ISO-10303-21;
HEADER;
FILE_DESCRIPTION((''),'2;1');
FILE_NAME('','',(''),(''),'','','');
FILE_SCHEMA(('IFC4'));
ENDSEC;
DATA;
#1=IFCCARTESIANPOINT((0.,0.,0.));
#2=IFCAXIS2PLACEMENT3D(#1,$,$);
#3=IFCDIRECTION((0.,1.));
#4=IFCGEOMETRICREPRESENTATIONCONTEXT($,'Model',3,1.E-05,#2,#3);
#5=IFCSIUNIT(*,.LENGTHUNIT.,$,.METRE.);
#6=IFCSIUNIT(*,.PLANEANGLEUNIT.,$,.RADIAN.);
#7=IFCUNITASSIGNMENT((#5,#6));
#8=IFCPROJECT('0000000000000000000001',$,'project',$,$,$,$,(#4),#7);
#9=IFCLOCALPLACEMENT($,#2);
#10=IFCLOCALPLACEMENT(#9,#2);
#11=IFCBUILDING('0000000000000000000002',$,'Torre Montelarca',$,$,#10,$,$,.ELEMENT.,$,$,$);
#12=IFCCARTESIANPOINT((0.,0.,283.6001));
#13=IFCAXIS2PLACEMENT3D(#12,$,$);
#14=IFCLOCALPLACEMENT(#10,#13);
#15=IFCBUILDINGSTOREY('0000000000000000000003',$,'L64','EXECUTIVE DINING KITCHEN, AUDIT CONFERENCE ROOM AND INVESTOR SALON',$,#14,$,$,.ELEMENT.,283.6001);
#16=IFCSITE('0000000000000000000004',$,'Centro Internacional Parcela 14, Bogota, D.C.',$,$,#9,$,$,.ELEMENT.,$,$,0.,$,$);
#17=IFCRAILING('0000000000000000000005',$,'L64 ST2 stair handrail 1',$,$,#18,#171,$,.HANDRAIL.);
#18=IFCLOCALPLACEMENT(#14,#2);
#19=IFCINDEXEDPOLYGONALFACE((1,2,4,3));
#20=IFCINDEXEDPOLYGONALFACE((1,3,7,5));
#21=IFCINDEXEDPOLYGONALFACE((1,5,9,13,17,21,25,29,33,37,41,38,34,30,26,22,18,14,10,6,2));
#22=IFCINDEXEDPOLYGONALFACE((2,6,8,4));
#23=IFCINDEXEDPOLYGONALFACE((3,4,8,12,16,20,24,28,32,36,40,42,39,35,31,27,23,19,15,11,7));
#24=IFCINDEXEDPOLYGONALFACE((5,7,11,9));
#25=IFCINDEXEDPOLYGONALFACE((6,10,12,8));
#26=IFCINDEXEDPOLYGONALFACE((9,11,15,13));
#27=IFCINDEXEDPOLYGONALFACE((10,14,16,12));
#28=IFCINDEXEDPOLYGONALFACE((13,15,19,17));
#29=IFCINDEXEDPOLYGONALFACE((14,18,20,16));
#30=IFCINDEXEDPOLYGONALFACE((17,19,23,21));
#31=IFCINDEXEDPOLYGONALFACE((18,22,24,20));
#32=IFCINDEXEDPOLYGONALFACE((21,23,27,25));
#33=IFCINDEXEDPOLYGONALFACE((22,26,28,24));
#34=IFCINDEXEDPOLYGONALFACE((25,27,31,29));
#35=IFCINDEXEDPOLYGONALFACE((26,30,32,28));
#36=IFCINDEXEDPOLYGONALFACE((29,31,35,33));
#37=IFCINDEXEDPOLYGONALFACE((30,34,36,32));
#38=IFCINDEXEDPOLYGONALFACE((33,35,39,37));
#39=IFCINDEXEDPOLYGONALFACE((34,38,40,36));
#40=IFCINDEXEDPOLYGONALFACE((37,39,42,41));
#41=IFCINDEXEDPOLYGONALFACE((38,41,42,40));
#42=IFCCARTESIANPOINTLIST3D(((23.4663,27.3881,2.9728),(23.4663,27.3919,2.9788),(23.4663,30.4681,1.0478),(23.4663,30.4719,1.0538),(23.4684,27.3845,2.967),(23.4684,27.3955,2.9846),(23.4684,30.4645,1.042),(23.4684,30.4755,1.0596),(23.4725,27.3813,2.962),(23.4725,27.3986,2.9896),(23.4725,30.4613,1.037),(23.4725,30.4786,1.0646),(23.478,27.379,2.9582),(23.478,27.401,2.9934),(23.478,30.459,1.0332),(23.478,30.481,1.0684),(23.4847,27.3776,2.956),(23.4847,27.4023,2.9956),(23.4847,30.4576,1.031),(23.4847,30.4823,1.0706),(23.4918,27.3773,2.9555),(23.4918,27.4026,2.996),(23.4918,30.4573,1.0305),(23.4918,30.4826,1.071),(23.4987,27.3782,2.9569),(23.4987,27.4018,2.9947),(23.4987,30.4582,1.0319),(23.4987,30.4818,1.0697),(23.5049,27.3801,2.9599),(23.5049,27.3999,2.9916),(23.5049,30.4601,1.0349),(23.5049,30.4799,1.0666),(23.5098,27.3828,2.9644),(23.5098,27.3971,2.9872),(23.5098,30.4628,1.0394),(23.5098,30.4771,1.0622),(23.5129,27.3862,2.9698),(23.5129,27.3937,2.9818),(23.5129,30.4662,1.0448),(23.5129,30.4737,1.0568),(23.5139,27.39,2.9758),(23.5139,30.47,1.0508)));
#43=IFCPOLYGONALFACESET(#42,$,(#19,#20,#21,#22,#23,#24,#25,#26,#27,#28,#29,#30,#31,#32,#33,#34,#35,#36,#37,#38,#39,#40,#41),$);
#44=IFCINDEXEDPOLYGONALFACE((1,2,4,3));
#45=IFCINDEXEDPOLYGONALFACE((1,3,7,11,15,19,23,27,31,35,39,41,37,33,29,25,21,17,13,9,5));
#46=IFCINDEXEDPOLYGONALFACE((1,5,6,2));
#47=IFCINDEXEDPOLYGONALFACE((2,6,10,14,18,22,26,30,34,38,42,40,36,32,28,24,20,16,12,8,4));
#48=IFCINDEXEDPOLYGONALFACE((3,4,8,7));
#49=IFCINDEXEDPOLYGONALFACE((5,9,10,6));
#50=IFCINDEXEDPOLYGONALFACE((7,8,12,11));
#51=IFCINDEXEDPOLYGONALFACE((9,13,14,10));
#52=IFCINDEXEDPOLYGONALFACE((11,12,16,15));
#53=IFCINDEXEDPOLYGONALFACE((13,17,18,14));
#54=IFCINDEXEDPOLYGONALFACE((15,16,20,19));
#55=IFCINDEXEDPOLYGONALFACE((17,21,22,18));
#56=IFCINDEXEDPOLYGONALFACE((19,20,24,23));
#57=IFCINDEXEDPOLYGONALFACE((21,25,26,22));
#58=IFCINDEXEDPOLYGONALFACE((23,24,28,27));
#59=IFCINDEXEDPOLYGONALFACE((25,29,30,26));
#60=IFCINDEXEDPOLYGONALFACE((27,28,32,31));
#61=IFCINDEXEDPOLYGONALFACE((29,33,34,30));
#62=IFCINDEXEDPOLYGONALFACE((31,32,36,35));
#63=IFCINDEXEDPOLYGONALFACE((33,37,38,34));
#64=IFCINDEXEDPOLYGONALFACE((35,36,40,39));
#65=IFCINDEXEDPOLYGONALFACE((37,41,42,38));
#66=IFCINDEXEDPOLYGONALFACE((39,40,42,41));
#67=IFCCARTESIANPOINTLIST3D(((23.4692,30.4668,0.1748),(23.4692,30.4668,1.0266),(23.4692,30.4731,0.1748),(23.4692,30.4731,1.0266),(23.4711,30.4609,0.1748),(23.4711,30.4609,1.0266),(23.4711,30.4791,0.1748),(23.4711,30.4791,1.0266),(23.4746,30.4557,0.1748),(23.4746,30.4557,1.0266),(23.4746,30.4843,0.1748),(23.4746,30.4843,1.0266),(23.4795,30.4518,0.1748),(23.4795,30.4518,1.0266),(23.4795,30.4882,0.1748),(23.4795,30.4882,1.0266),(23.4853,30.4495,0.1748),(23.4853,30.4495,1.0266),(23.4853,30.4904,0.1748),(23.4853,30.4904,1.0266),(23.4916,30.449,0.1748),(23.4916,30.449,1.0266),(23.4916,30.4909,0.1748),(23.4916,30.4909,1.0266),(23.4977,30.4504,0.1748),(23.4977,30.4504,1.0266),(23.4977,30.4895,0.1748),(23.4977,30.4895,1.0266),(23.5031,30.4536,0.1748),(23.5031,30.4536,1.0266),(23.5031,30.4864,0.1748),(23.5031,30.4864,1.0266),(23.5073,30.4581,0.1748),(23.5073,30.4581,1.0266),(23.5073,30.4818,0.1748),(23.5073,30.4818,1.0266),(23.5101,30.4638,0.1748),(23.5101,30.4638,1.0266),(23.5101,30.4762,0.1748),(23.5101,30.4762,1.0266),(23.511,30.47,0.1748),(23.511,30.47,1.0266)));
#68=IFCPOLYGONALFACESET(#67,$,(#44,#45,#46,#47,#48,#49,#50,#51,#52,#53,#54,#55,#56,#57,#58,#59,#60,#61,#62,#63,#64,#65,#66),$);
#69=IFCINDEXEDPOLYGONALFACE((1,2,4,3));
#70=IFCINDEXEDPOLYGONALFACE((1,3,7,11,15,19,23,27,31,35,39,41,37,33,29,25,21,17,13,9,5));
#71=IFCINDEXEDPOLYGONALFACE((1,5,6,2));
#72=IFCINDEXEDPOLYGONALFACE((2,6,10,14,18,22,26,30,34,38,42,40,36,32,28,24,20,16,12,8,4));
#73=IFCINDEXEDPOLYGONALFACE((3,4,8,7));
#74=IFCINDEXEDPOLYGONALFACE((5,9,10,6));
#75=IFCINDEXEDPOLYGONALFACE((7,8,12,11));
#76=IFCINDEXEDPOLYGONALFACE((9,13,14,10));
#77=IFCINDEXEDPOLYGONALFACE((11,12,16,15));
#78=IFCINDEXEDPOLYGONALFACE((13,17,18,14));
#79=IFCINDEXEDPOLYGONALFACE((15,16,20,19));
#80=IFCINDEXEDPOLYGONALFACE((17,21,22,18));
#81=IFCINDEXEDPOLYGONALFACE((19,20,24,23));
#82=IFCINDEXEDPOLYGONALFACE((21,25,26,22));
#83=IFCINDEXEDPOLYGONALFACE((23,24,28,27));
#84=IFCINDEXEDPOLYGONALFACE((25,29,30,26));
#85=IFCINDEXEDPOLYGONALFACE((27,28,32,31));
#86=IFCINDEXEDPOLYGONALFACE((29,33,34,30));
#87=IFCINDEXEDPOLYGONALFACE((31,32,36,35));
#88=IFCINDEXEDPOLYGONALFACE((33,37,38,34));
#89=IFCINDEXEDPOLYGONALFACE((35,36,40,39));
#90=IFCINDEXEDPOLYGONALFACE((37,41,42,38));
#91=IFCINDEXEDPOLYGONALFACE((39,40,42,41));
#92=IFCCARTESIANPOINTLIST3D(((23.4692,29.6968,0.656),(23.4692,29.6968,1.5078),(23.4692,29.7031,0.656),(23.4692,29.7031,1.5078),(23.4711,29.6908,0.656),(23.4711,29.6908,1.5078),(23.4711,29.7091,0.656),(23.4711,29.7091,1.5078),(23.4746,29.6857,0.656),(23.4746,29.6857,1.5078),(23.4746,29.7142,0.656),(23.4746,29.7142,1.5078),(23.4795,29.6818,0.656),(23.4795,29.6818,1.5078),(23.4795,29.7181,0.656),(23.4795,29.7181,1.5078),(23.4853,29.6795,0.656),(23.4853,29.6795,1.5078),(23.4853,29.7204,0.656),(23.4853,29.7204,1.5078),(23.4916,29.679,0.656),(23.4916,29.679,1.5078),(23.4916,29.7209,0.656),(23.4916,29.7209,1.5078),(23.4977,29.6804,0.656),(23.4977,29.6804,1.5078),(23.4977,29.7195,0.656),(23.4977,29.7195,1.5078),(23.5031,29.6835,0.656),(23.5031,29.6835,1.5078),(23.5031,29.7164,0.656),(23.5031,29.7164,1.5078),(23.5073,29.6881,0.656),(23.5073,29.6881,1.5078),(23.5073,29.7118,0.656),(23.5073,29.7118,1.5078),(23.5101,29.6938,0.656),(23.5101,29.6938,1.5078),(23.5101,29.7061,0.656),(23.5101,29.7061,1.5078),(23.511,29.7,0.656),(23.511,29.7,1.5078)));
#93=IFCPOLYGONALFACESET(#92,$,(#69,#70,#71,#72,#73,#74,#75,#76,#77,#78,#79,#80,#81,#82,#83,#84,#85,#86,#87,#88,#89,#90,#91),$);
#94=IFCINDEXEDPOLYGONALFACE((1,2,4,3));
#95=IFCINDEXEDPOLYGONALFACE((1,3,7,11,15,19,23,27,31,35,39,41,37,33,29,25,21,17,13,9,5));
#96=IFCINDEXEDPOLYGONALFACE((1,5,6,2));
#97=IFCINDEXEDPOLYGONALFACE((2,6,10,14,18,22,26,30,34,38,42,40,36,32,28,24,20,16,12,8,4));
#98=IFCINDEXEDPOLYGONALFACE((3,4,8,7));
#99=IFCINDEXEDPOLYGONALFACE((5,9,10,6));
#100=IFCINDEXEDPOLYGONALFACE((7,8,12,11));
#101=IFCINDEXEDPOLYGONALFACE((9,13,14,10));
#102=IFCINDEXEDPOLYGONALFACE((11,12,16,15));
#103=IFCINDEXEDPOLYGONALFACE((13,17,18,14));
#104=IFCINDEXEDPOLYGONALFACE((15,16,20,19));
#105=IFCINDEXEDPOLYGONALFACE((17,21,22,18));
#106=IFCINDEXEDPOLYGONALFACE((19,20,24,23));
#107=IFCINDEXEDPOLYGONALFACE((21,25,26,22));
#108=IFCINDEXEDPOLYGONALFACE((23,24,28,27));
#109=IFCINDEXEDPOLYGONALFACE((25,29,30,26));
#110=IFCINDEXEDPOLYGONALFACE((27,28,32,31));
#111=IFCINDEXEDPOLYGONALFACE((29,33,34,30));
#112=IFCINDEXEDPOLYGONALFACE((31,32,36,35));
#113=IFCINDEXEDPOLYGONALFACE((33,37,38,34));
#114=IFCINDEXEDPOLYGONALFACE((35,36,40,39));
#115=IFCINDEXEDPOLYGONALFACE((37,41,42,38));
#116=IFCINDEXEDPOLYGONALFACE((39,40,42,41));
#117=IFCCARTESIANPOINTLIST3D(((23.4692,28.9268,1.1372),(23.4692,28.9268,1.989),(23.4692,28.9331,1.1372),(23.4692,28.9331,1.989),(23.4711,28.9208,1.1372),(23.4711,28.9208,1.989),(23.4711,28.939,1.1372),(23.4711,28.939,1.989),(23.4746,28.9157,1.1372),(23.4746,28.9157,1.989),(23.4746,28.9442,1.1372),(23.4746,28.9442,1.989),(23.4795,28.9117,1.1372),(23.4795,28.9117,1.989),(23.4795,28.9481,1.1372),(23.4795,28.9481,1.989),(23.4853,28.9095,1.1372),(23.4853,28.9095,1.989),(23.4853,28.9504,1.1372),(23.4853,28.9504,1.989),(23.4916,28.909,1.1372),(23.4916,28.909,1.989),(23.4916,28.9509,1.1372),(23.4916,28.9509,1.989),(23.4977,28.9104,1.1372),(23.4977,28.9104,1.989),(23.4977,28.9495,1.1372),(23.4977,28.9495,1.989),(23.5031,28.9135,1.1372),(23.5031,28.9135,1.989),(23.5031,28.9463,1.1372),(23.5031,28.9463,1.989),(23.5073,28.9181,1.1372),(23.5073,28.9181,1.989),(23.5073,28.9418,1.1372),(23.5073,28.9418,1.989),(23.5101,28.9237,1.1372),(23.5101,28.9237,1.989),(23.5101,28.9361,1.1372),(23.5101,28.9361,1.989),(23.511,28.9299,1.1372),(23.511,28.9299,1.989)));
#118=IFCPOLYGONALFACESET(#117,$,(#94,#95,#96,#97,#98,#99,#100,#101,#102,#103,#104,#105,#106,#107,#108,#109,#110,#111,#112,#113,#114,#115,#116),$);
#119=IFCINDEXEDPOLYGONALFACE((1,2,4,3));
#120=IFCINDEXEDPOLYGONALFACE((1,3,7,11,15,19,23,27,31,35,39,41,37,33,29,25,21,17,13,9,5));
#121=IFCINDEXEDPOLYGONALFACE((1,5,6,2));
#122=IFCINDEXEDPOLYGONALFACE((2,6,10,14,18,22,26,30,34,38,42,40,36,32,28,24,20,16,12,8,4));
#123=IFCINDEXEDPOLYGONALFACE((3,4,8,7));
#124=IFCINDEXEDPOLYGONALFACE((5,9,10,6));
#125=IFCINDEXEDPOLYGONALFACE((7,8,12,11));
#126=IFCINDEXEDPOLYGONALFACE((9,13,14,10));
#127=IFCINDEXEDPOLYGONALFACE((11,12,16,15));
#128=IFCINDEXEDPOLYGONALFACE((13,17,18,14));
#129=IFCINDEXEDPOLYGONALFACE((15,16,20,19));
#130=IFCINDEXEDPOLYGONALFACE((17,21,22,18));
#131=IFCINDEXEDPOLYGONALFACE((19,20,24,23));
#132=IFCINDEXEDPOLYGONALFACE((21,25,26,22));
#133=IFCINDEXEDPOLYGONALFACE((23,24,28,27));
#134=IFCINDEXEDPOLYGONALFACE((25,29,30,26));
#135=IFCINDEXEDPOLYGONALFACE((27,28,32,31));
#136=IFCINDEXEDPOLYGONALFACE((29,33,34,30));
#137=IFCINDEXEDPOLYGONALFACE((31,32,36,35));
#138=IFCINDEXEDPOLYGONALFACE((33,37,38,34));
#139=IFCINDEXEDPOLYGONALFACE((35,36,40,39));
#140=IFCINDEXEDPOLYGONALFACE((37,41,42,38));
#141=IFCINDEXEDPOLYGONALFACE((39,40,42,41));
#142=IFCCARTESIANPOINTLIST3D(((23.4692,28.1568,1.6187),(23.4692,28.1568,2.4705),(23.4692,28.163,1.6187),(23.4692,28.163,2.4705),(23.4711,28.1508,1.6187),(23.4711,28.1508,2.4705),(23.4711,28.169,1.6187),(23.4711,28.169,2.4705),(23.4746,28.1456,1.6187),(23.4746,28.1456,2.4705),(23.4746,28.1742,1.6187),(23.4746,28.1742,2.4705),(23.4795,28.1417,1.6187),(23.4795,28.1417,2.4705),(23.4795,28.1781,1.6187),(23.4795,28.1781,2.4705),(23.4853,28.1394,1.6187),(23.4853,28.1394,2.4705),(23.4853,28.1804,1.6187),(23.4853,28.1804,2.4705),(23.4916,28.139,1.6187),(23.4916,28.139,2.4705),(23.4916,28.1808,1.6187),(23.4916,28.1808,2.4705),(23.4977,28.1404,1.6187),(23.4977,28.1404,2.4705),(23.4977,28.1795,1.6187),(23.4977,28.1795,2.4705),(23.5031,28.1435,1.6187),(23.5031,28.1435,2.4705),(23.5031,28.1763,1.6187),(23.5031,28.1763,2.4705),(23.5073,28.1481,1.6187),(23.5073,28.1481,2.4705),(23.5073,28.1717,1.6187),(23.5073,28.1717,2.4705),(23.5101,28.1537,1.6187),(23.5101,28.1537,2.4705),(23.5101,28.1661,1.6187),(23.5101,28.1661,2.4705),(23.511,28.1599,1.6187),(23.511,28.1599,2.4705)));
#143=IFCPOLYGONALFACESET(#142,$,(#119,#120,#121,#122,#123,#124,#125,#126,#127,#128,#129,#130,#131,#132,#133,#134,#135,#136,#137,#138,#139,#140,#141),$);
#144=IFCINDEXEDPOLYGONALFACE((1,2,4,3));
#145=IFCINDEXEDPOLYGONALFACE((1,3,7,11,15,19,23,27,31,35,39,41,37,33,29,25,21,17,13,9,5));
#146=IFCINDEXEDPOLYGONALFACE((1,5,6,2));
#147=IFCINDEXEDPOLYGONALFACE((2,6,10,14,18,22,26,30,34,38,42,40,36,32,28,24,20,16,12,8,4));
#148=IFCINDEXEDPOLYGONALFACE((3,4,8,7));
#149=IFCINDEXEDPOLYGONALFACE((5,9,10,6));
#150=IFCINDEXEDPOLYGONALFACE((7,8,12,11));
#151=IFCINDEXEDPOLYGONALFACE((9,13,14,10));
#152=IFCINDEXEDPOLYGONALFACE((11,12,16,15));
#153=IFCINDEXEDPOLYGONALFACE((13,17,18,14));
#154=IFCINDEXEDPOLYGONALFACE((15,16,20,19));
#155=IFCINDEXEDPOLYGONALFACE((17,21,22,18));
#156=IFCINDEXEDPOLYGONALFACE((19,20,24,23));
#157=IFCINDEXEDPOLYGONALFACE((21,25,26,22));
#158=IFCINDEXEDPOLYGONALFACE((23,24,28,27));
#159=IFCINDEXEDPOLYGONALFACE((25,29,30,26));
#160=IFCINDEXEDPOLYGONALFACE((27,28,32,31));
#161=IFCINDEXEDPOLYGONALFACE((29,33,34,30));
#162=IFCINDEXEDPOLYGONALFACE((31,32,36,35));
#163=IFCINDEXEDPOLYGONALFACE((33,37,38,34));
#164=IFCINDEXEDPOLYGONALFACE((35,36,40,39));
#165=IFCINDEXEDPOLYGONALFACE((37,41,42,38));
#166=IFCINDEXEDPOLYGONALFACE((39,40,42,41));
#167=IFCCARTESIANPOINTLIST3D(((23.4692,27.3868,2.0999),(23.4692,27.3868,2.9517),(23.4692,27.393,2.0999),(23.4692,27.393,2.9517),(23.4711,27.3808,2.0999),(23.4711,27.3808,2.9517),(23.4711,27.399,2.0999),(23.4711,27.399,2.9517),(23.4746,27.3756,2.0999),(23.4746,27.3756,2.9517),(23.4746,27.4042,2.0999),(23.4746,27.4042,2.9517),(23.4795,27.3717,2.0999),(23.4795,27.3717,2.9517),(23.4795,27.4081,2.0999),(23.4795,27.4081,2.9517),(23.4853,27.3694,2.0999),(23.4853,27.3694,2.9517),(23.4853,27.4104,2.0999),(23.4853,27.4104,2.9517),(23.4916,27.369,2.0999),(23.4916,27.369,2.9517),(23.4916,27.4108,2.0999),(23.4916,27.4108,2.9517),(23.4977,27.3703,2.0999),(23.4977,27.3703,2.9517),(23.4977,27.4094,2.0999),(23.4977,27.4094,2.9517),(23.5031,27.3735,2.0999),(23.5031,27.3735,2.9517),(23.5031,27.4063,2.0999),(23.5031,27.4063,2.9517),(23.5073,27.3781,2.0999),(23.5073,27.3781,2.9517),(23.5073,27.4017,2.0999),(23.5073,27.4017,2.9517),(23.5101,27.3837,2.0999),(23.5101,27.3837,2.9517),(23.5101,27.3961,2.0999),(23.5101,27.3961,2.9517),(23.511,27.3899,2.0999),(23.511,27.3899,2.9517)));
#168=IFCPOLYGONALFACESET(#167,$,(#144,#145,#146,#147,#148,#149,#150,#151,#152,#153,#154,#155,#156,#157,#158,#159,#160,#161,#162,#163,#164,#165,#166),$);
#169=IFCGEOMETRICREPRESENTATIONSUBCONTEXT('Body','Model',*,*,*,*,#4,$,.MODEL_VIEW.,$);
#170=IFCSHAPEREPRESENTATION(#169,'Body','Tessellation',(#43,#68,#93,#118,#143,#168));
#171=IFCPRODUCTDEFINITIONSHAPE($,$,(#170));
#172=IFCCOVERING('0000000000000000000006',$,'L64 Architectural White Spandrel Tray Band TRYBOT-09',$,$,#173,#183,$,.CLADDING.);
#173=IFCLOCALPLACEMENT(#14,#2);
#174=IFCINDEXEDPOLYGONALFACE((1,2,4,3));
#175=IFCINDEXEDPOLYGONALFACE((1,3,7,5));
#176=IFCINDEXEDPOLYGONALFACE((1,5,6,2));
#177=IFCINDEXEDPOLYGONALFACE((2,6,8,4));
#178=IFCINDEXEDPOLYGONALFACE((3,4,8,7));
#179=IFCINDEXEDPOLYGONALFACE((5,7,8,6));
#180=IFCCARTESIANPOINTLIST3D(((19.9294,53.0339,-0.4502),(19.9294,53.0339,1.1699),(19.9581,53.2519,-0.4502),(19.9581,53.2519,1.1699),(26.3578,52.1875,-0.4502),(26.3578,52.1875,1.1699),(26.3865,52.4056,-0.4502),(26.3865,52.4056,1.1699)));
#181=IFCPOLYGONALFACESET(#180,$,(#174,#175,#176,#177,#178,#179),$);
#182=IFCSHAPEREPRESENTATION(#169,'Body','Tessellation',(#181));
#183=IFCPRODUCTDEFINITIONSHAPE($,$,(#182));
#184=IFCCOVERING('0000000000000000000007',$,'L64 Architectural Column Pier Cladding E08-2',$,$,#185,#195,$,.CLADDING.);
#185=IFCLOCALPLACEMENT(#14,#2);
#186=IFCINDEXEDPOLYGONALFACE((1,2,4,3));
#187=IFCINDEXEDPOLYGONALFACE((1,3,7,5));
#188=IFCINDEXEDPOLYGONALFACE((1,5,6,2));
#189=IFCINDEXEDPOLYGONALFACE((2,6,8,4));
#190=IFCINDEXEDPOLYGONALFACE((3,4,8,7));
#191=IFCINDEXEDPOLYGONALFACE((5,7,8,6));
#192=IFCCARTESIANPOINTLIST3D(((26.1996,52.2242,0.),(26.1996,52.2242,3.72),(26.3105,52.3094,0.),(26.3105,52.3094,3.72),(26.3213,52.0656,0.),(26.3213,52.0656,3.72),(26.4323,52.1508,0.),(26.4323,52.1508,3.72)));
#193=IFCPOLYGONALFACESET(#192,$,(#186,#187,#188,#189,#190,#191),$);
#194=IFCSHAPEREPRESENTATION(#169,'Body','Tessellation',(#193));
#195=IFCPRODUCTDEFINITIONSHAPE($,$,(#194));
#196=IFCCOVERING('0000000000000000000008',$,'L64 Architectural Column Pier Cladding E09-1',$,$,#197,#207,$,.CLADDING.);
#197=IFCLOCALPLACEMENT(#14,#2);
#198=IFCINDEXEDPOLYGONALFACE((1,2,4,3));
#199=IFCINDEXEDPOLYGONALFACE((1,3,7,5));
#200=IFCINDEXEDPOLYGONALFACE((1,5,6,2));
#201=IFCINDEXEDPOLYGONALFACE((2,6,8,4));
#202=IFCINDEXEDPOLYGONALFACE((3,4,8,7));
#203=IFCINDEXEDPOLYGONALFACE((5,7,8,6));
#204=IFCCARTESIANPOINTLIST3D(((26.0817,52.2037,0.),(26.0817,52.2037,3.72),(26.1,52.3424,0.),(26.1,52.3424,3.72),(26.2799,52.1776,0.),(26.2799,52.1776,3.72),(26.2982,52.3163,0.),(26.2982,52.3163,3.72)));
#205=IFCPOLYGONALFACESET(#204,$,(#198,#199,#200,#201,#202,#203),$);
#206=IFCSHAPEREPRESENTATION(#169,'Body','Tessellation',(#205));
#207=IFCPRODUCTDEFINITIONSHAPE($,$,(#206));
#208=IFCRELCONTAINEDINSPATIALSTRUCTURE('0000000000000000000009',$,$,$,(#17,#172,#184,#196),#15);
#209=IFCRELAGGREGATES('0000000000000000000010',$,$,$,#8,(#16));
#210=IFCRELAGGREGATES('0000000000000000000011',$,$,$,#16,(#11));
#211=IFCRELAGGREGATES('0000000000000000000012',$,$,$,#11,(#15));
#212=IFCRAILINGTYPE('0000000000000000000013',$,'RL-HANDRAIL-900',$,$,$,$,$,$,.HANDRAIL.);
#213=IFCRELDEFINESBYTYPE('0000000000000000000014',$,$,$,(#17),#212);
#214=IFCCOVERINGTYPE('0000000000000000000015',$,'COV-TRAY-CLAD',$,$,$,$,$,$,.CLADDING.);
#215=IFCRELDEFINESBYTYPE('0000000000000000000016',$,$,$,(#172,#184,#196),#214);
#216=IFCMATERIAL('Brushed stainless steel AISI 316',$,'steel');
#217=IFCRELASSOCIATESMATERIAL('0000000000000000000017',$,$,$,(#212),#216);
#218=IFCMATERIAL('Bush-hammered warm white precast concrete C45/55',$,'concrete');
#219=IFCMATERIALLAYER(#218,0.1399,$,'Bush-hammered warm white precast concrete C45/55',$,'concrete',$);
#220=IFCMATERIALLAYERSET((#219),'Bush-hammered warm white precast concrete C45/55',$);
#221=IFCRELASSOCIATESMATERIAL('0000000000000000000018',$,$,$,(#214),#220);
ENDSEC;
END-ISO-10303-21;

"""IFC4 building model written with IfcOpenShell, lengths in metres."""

from ifc_helpers import new_model, si_unit, direction, frame, origin, origin_2d, place, context, subcontext, project, spatial, rectangle, circle, extrude, source, transform, mapped, material, layer, layer_set, type_object, element, save


model = new_model("IFC4")

# Units and contexts
model_context = context("Model", 3, precision=1e-05, world=origin(), true_north=direction((0.0, 1.0)))
body_context = subcontext(model_context, "Body", "Model", "MODEL_VIEW")
ifc_project = project(units=[si_unit("LENGTHUNIT", "METRE"), si_unit("PLANEANGLEUNIT", "RADIAN")], contexts=[model_context])

# Site, building, storey
site_placement = place(None, origin())
site = spatial("IfcSite", under=ifc_project, at=site_placement, Name="Centro Internacional Parcela 14, Bogota, D.C.", CompositionType="ELEMENT", RefElevation=0.0)
building_placement = place(site_placement, origin())
building = spatial("IfcBuilding", under=site, at=building_placement, Name="Torre Montelarca", CompositionType="ELEMENT")
storey_placement = place(building_placement, frame((0.0, 0.0, 283.6001)))
storey = spatial("IfcBuildingStorey", under=building, at=storey_placement, Name="L64", Description="EXECUTIVE DINING KITCHEN, AUDIT CONFERENCE ROOM AND INVESTOR SALON", CompositionType="ELEMENT", Elevation=283.6001)

# Railing
ifc_material_1 = material(Name="Brushed stainless steel AISI 316", Category="steel")
railing_type_1 = type_object("IfcRailingType", Name="RL-HANDRAIL-900", PredefinedType="HANDRAIL", material=ifc_material_1)
railing_1_placement = place(storey_placement, frame((23.49, 30.47, 0.1748)))
element("IfcRailing", 1, at=railing_1_placement, inside=storey, type_object=railing_type_1, Name="L64 ST2 stair handrail 1", PredefinedType="HANDRAIL", context=body_context, shape_type="SweptSolid", body=[
    extrude(circle(Radius=0.0239, at=origin_2d()), frame((0.0, 0.0, 0.876), z_axis=(0.0, -0.847998, 0.529999), x_axis=(1.0, 0.0, 0.0)), (0.0, 0.0, 1.0), 3.6321),
    extrude(circle(Radius=0.021, at=origin_2d()), origin(), (0.0, 0.0, 1.0), 0.8518),
    extrude(circle(Radius=0.021, at=origin_2d()), frame((0.0, -0.77, 0.4812)), (0.0, 0.0, 1.0), 0.8518),
    extrude(circle(Radius=0.021, at=origin_2d()), frame((0.0, -1.54, 0.9624)), (0.0, 0.0, 1.0), 0.8518),
    extrude(circle(Radius=0.021, at=origin_2d()), frame((0.0, -2.3101, 1.4438)), (0.0, 0.0, 1.0), 0.8518),
    extrude(circle(Radius=0.021, at=origin_2d()), frame((0.0, -3.0801, 1.925)), (0.0, 0.0, 1.0), 0.8518),
])

# Coverings
ifc_material_2 = material(Name="Bush-hammered warm white precast concrete C45/55", Category="concrete")
ifc_layer_1 = layer(ifc_material_2, 0.1399, Name="Bush-hammered warm white precast concrete C45/55", Category="concrete")
ifc_layer_set_1 = layer_set([ifc_layer_1], Name="Bush-hammered warm white precast concrete C45/55")
covering_type = type_object("IfcCoveringType", Name="COV-TRAY-CLAD", PredefinedType="CLADDING", material=ifc_layer_set_1)
shared_shape_1 = source(origin(), body_context, "Body", "SweptSolid", [
    extrude(rectangle(XDim=6.4839, YDim=0.22, at=origin_2d()), origin(), (0.0, 0.0, 1.0), 1.6201),
])
covering_1_placement = place(storey_placement, frame((23.158, 52.7197, -0.4502), z_axis=(0.0, 0.0, 1.0), x_axis=(-0.991444, 0.130531, 0.0)))
element("IfcCovering", 2, at=covering_1_placement, inside=storey, type_object=covering_type, Name="L64 Architectural White Spandrel Tray Band TRYBOT-09", PredefinedType="CLADDING", context=body_context, shape_type="MappedRepresentation", body=[
    mapped(shared_shape_1, transform((0.0, 0.0, 0.0), scale=1.0)),
])
shared_shape_2 = source(origin(), body_context, "Body", "SweptSolid", [
    extrude(rectangle(XDim=0.2, YDim=0.1399, at=origin_2d()), origin(), (0.0, 0.0, 1.0), 3.72),
])
for number, where, z_axis, x_axis, name in (
    (3, (26.3159, 52.1875, 0.0), (0.0, 0.0, 1.0), (-0.608763, 0.793352, 0.0), "L64 Architectural Column Pier Cladding E08-2"),
    (4, (26.1899, 52.26, 0.0), (0.0, 0.0, 1.0), (-0.991444, 0.130531, 0.0), "L64 Architectural Column Pier Cladding E09-1"),
):
    element("IfcCovering", number, at=place(storey_placement, frame(where, z_axis=z_axis, x_axis=x_axis)), inside=storey, type_object=covering_type, Name=name, PredefinedType="CLADDING", context=body_context, shape_type="MappedRepresentation", body=[
        mapped(shared_shape_2, transform((0.0, 0.0, 0.0), scale=1.0)),
    ])

save(model, "model.ifc")
